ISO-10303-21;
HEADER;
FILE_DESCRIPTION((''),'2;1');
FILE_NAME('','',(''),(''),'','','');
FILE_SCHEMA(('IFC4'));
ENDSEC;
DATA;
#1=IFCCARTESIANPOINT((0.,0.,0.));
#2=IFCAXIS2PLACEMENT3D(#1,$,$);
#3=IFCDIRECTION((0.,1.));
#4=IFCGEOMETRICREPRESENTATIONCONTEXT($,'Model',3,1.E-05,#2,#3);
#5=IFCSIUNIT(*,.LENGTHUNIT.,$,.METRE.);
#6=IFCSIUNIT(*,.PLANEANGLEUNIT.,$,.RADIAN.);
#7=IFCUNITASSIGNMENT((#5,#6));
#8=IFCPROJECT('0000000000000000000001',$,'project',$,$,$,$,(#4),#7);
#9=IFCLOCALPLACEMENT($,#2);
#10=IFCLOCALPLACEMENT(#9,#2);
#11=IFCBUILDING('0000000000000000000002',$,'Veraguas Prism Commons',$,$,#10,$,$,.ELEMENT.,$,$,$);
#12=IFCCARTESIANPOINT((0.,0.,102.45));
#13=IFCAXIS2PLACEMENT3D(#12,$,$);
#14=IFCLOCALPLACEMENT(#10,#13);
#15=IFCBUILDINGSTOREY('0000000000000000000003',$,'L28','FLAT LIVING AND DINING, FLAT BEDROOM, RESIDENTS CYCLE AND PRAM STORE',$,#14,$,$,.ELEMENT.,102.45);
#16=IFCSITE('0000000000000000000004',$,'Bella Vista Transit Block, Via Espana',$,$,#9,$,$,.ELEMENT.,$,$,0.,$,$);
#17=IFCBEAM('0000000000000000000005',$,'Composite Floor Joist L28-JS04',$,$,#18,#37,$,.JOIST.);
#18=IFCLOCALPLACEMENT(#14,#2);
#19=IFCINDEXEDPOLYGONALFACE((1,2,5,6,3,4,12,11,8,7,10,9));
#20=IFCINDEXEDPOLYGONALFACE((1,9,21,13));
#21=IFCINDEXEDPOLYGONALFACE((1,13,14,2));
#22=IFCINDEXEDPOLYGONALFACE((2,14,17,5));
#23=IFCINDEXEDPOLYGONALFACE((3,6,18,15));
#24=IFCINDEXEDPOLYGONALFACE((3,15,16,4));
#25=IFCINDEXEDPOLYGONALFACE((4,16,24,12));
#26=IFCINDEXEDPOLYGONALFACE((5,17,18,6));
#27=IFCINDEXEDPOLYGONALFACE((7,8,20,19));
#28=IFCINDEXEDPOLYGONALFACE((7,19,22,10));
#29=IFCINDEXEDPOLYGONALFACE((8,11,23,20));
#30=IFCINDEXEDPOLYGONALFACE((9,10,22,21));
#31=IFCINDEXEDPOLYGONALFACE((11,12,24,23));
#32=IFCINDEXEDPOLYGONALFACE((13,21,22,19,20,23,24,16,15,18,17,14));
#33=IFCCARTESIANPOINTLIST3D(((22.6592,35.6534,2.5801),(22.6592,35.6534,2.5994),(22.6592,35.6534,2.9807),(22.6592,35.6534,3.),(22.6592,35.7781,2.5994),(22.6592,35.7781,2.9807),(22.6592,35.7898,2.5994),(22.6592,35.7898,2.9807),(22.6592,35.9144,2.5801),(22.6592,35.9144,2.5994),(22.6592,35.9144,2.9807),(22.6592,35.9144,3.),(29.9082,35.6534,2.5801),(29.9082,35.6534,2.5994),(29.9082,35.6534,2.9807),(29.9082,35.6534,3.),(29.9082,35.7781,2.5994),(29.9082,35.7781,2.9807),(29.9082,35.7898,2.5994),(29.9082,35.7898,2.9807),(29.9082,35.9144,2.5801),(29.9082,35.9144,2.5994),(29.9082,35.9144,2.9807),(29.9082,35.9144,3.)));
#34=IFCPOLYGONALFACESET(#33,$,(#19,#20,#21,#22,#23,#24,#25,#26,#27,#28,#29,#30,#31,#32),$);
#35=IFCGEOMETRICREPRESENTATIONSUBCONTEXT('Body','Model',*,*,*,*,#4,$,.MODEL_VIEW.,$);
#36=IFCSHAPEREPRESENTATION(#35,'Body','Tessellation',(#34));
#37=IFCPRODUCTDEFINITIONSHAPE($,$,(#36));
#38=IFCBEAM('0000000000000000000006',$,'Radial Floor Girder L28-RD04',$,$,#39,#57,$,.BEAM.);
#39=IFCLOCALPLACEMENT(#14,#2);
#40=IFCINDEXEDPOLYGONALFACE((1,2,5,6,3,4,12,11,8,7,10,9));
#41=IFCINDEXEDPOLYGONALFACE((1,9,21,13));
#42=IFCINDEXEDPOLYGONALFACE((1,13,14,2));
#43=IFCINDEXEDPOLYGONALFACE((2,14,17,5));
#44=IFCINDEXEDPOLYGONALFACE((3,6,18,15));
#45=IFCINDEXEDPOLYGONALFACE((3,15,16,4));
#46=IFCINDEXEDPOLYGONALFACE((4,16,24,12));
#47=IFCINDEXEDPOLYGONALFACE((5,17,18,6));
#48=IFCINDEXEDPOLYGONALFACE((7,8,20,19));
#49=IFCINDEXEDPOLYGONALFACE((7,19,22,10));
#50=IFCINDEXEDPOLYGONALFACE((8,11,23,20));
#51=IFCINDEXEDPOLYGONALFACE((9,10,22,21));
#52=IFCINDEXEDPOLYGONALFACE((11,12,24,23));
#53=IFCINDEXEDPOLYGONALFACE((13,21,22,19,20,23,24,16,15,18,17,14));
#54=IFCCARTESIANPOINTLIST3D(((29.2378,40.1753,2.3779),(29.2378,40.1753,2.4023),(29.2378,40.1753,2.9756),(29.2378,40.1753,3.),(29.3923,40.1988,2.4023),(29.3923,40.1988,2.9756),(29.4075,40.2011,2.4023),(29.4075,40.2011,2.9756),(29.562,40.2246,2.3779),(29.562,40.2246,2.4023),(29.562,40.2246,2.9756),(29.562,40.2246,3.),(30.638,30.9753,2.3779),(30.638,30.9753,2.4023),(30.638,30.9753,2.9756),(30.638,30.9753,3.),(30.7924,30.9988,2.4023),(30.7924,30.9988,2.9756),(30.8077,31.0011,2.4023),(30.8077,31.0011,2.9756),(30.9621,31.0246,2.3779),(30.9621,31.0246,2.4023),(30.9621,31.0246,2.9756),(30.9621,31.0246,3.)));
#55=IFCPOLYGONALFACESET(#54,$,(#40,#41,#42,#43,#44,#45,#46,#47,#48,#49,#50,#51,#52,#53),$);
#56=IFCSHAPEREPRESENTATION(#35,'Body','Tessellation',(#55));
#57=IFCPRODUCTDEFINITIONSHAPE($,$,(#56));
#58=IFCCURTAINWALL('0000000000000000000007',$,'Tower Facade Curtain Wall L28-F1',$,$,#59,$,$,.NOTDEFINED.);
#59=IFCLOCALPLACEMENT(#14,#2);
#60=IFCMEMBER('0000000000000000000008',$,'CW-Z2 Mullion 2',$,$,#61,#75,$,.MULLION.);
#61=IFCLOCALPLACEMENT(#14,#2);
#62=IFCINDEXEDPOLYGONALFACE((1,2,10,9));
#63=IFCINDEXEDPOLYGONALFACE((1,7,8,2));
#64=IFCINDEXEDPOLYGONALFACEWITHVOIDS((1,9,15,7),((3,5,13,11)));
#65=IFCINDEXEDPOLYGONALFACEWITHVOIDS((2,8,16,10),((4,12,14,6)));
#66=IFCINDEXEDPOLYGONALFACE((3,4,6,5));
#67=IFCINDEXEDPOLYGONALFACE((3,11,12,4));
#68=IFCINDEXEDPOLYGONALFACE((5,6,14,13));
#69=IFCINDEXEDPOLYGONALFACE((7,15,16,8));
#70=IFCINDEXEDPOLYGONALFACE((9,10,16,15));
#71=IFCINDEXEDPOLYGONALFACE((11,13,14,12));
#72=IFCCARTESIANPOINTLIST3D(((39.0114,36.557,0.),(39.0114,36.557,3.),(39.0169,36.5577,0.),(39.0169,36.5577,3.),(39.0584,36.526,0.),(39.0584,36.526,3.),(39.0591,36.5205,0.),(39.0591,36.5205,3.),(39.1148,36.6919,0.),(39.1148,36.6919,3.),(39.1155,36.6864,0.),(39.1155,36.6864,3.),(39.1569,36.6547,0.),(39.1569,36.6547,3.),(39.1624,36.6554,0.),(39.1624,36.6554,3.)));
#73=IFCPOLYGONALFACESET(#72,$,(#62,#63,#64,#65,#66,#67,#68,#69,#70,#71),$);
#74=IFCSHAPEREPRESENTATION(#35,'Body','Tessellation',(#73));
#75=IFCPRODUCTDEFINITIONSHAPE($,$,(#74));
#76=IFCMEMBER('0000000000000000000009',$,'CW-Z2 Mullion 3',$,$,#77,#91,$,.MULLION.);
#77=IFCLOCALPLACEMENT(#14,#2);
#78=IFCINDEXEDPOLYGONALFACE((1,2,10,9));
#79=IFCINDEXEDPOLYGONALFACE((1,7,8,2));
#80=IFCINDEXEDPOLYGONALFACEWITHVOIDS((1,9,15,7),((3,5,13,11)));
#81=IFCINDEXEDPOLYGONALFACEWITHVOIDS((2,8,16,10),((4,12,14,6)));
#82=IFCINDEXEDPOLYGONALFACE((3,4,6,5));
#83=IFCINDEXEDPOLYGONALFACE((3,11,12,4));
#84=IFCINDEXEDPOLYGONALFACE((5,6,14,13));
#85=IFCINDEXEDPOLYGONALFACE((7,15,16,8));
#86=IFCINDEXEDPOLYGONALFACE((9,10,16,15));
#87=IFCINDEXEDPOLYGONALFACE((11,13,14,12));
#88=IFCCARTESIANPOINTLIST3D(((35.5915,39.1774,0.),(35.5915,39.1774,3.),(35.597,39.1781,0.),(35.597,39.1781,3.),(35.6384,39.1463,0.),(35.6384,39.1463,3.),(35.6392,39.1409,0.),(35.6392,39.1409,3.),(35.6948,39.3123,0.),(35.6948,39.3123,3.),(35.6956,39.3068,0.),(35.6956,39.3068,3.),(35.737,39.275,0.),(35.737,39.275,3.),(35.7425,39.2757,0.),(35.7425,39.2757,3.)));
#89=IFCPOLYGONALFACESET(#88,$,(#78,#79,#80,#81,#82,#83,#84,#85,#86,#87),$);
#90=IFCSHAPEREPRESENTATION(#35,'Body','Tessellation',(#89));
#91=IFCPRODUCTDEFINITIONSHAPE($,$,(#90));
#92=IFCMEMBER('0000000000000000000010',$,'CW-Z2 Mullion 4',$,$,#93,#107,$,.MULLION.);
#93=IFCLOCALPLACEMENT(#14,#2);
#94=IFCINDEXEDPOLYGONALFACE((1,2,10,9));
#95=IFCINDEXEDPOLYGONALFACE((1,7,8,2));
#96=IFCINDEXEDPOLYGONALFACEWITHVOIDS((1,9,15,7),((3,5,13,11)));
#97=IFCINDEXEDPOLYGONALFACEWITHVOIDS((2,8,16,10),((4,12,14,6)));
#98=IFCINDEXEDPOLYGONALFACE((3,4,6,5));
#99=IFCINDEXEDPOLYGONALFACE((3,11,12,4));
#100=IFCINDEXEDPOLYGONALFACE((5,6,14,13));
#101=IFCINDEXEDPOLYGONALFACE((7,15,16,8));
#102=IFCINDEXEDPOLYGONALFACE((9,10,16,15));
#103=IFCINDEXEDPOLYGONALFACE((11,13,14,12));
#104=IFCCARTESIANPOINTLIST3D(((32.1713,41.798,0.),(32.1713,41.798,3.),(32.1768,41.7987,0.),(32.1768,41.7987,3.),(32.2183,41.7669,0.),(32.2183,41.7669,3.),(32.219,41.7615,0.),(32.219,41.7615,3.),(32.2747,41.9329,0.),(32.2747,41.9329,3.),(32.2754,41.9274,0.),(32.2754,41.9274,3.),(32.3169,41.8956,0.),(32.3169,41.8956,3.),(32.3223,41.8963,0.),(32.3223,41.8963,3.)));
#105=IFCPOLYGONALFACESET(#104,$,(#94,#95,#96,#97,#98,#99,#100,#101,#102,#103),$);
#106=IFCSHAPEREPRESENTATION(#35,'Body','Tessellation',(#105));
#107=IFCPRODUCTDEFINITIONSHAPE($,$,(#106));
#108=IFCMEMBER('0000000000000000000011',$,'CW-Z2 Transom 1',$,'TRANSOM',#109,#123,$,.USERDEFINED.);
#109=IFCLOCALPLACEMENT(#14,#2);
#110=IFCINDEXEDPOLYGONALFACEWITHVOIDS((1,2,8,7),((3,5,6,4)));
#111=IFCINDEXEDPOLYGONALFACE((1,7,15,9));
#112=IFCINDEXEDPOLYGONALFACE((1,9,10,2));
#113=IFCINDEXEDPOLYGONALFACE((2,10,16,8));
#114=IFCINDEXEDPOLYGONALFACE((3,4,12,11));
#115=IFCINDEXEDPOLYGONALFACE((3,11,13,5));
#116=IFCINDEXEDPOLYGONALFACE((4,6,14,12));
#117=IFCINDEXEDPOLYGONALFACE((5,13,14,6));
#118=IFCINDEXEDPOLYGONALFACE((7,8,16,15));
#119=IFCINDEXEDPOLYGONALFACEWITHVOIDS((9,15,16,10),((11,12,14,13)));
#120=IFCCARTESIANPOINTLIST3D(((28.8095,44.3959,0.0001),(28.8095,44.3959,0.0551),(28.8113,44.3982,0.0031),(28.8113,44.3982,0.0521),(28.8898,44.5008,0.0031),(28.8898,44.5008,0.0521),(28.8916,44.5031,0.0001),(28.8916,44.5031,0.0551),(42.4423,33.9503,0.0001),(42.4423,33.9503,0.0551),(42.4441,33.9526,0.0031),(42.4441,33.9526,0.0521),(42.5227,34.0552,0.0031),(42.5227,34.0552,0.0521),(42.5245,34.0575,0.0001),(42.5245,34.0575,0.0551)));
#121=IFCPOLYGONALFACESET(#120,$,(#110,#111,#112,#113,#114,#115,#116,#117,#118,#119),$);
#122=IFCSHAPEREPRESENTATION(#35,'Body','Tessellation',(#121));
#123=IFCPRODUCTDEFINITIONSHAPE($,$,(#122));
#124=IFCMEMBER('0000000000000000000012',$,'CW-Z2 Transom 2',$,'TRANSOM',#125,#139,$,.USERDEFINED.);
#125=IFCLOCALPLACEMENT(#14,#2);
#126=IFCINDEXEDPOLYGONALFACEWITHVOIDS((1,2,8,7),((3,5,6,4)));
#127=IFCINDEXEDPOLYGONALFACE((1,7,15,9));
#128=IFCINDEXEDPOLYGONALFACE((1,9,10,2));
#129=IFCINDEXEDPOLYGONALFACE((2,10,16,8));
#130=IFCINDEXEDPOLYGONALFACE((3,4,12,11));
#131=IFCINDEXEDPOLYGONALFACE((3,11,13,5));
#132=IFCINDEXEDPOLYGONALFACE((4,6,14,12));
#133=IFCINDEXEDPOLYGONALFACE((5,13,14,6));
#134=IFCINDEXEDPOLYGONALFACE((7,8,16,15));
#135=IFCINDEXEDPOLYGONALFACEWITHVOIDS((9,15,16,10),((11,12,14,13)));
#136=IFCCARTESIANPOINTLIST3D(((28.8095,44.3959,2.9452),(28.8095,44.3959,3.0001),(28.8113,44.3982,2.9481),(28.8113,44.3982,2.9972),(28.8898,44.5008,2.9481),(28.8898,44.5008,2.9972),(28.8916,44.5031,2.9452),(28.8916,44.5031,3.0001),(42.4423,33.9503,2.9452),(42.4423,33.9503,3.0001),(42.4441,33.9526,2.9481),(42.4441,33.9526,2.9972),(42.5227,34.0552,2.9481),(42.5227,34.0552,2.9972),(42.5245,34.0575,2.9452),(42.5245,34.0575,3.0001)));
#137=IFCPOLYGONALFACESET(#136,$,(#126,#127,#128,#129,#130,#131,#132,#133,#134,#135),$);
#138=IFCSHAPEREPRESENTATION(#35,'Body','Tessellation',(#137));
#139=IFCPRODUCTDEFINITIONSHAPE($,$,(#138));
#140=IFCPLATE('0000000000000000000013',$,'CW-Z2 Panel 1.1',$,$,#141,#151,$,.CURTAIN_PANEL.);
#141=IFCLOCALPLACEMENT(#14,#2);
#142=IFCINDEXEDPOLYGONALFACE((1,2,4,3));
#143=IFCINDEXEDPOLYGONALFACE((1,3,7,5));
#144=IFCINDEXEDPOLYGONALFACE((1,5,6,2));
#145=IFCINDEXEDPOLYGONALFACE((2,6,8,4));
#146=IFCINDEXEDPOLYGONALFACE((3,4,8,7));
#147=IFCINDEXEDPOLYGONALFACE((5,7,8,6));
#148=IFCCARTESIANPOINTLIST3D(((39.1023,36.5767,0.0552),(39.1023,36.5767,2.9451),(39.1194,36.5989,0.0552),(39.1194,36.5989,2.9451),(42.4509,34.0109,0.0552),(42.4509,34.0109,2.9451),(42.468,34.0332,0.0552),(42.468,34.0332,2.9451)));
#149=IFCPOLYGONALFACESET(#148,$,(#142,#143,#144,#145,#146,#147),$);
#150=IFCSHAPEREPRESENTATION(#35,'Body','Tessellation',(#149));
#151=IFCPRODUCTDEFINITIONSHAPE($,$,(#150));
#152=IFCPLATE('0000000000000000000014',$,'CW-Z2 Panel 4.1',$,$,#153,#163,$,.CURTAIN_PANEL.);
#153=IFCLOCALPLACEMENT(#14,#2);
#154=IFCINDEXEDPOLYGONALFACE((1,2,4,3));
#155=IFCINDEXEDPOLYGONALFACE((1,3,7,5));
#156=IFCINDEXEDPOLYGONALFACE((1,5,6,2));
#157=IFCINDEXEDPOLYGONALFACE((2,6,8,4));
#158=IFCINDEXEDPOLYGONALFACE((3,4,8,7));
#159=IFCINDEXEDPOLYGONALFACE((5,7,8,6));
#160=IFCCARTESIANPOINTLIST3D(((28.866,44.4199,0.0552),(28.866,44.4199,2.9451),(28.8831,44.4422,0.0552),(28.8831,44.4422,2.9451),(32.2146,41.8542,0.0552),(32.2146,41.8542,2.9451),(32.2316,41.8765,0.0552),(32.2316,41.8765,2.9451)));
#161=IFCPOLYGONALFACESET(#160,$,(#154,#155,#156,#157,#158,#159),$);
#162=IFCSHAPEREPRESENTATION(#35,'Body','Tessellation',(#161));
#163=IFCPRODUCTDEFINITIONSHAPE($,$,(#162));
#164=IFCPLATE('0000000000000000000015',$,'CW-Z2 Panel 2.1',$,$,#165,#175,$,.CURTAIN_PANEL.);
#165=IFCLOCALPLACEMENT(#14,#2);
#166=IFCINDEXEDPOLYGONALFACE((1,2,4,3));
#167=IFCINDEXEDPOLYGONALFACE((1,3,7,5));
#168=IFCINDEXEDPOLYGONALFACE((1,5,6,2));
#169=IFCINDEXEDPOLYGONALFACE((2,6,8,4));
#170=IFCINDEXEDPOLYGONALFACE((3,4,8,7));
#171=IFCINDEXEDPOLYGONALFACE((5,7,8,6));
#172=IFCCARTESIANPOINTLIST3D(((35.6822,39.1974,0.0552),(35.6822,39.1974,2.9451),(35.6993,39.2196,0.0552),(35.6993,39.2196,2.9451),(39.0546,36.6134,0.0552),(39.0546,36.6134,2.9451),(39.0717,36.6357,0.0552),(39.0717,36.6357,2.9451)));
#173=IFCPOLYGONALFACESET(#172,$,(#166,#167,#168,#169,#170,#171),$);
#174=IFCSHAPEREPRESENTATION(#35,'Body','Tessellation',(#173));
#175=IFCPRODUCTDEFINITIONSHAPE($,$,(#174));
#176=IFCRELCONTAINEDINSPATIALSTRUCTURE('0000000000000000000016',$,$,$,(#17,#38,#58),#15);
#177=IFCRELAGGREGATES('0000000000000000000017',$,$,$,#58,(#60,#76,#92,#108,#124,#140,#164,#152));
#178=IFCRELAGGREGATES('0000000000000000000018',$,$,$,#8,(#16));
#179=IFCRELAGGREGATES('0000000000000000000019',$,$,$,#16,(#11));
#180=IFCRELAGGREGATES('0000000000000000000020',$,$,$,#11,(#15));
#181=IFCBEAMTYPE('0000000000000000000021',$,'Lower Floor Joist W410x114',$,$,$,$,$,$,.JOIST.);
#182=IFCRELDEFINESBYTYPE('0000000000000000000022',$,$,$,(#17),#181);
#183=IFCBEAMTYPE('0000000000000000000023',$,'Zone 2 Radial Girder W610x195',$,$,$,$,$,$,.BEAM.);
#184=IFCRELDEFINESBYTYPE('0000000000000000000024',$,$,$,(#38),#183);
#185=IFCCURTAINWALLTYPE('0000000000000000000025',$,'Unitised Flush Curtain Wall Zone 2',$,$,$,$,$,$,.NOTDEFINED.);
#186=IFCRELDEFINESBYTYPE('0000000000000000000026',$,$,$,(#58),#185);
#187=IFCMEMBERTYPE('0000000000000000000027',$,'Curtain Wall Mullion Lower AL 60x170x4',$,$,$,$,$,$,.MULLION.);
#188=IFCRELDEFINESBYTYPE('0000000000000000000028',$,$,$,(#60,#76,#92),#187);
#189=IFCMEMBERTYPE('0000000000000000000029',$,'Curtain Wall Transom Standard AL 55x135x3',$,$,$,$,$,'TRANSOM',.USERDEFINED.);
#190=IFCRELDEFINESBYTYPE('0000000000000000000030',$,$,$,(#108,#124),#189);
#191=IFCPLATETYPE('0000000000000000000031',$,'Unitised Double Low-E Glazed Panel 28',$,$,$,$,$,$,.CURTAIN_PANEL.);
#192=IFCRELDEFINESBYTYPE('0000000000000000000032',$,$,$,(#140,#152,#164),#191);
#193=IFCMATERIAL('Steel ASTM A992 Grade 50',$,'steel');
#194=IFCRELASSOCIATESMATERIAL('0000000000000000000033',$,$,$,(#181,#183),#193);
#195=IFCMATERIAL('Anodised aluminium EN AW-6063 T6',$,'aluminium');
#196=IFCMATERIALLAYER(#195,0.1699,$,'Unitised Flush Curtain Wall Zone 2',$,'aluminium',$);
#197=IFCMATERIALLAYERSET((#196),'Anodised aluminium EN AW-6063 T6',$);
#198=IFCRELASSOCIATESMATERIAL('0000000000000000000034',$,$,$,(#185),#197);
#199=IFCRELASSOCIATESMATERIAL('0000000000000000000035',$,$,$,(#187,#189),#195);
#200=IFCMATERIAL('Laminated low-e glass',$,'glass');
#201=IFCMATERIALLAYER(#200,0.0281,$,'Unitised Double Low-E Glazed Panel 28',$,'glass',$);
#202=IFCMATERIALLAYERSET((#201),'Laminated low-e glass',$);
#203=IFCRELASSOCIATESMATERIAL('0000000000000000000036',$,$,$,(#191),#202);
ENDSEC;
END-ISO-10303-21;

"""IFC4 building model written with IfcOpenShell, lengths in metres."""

from ifc_helpers import new_model, si_unit, direction, frame, origin, origin_2d, place, context, subcontext, project, spatial, rectangle, hollow_rectangle, i_section, extrude, source, transform, mapped, material, layer, layer_set, material_profile, profile_set, type_object, element, aggregate, save


model = new_model("IFC4")

# Units and contexts
model_context = context("Model", 3, precision=1e-05, world=origin(), true_north=direction((0.0, 1.0)))
body_context = subcontext(model_context, "Body", "Model", "MODEL_VIEW")
ifc_project = project(units=[si_unit("LENGTHUNIT", "METRE"), si_unit("PLANEANGLEUNIT", "RADIAN")], contexts=[model_context])

# Site, building, storey
site_placement = place(None, origin())
site = spatial("IfcSite", under=ifc_project, at=site_placement, Name="Bella Vista Transit Block, Via Espana", CompositionType="ELEMENT", RefElevation=0.0)
building_placement = place(site_placement, origin())
building = spatial("IfcBuilding", under=site, at=building_placement, Name="Veraguas Prism Commons", CompositionType="ELEMENT")
storey_placement = place(building_placement, frame((0.0, 0.0, 102.45)))
storey = spatial("IfcBuildingStorey", under=building, at=storey_placement, Name="L28", Description="FLAT LIVING AND DINING, FLAT BEDROOM, RESIDENTS CYCLE AND PRAM STORE", CompositionType="ELEMENT", Elevation=102.45)

# Beams
ifc_material_1 = material(Name="Steel ASTM A992 Grade 50", Category="steel")
ifc_material_profile_1 = material_profile(ifc_material_1, i_section(OverallWidth=0.261, OverallDepth=0.4199, WebThickness=0.0117, FlangeThickness=0.0193, at=origin_2d()), Name="W410X114")
ifc_profile_set_1 = profile_set([ifc_material_profile_1], Name="Steel ASTM A992 Grade 50")
beam_type_1 = type_object("IfcBeamType", Name="Lower Floor Joist W410x114", PredefinedType="JOIST", material=ifc_profile_set_1)
beam_1_placement = place(storey_placement, frame((29.9082, 35.7839, 2.79), z_axis=(-1.0, 0.0, 0.0), x_axis=(0.0, -1.0, 0.0)))
element("IfcBeam", 1, at=beam_1_placement, inside=storey, type_object=beam_type_1, Name="Composite Floor Joist L28-JS04", PredefinedType="JOIST", context=body_context, shape_type="SweptSolid", body=[
    extrude(i_section(OverallWidth=0.261, OverallDepth=0.4199, WebThickness=0.0117, FlangeThickness=0.0193, at=origin_2d()), origin(), (0.0, 0.0, 1.0), 7.249),
])
ifc_material_profile_2 = material_profile(ifc_material_1, i_section(OverallWidth=0.3279, OverallDepth=0.6221, WebThickness=0.0154, FlangeThickness=0.0244, at=origin_2d()), Name="W610X195")
ifc_profile_set_2 = profile_set([ifc_material_profile_2], Name="Steel ASTM A992 Grade 50")
beam_type_2 = type_object("IfcBeamType", Name="Zone 2 Radial Girder W610x195", PredefinedType="BEAM", material=ifc_profile_set_2)
beam_2_placement = place(storey_placement, frame((29.3999, 40.2, 2.689), z_axis=(0.150458, -0.988616, 0.0), x_axis=(0.988616, 0.150458, 0.0)))
element("IfcBeam", 2, at=beam_2_placement, inside=storey, type_object=beam_type_2, Name="Radial Floor Girder L28-RD04", PredefinedType="BEAM", context=body_context, shape_type="SweptSolid", body=[
    extrude(i_section(OverallWidth=0.3279, OverallDepth=0.6221, WebThickness=0.0154, FlangeThickness=0.0244, at=origin_2d()), origin(), (0.0, 0.0, 1.0), 9.3059),
])

# Curtain wall, members, plates
ifc_material_2 = material(Name="Anodised aluminium EN AW-6063 T6", Category="aluminium")
ifc_layer_1 = layer(ifc_material_2, 0.1699, Name="Unitised Flush Curtain Wall Zone 2", Category="aluminium")
ifc_layer_set_1 = layer_set([ifc_layer_1], Name="Anodised aluminium EN AW-6063 T6")
curtain_wall_type = type_object("IfcCurtainWallType", Name="Unitised Flush Curtain Wall Zone 2", PredefinedType="NOTDEFINED", material=ifc_layer_set_1)
curtain_wall_placement = place(storey_placement, origin())
curtain_wall = element("IfcCurtainWall", 3, at=curtain_wall_placement, inside=storey, type_object=curtain_wall_type, Name="Tower Facade Curtain Wall L28-F1", PredefinedType="NOTDEFINED")
ifc_material_profile_3 = material_profile(ifc_material_2, hollow_rectangle(XDim=0.0601, YDim=0.1699, WallThickness=0.0039, at=origin_2d()), Name="AL60X170X4")
ifc_profile_set_3 = profile_set([ifc_material_profile_3], Name="Anodised aluminium EN AW-6063 T6")
member_type_1 = type_object("IfcMemberType", Name="Curtain Wall Mullion Lower AL 60x170x4", PredefinedType="MULLION", material=ifc_profile_set_3)
shared_shape_1 = source(origin(), body_context, "Body", "SweptSolid", [
    extrude(hollow_rectangle(XDim=0.0601, YDim=0.1699, WallThickness=0.0039, at=origin_2d()), origin(), (0.0, 0.0, 1.0), 3.0),
])
member_1_placement = place(storey_placement, frame((39.0869, 36.6062, 0.0), z_axis=(0.0, 0.0, 1.0), x_axis=(-0.793778, 0.608207, 0.0)))
member_1 = element("IfcMember", 4, at=member_1_placement, type_object=member_type_1, Name="CW-Z2 Mullion 2", PredefinedType="MULLION", context=body_context, shape_type="MappedRepresentation", body=[
    mapped(shared_shape_1, transform((0.0, 0.0, 0.0), scale=1.0)),
])
member_2_placement = place(storey_placement, frame((35.667, 39.2266, 0.0), z_axis=(0.0, 0.0, 1.0), x_axis=(-0.793778, 0.608207, 0.0)))
member_2 = element("IfcMember", 5, at=member_2_placement, type_object=member_type_1, Name="CW-Z2 Mullion 3", PredefinedType="MULLION", context=body_context, shape_type="MappedRepresentation", body=[
    mapped(shared_shape_1, transform((0.0, 0.0, 0.0), scale=1.0)),
])
member_3_placement = place(storey_placement, frame((32.2468, 41.8472, 0.0), z_axis=(0.0, 0.0, 1.0), x_axis=(-0.793778, 0.608207, 0.0)))
member_3 = element("IfcMember", 6, at=member_3_placement, type_object=member_type_1, Name="CW-Z2 Mullion 4", PredefinedType="MULLION", context=body_context, shape_type="MappedRepresentation", body=[
    mapped(shared_shape_1, transform((0.0, 0.0, 0.0), scale=1.0)),
])
ifc_material_profile_4 = material_profile(ifc_material_2, hollow_rectangle(XDim=0.0549, YDim=0.135, WallThickness=0.0029, at=origin_2d()), Name="AL55X135X3")
ifc_profile_set_4 = profile_set([ifc_material_profile_4], Name="Anodised aluminium EN AW-6063 T6")
member_type_2 = type_object("IfcMemberType", Name="Curtain Wall Transom Standard AL 55x135x3", ElementType="TRANSOM", PredefinedType="USERDEFINED", material=ifc_profile_set_4)
shared_shape_2 = source(origin(), body_context, "Body", "SweptSolid", [
    extrude(hollow_rectangle(XDim=0.0549, YDim=0.135, WallThickness=0.0029, at=origin_2d()), origin(), (0.0, 0.0, 1.0), 17.1746),
])
member_4_placement = place(storey_placement, frame((42.4834, 34.0039, 0.0276), z_axis=(-0.793783, 0.608202, 0.0), x_axis=(0.0, 0.0, 1.0)))
member_4 = element("IfcMember", 7, at=member_4_placement, type_object=member_type_2, Name="CW-Z2 Transom 1", ObjectType="TRANSOM", PredefinedType="USERDEFINED", context=body_context, shape_type="MappedRepresentation", body=[
    mapped(shared_shape_2, transform((0.0, 0.0, 0.0), scale=1.0)),
])
member_5_placement = place(storey_placement, frame((42.4834, 34.0039, 2.9727), z_axis=(-0.793783, 0.608202, 0.0), x_axis=(0.0, 0.0, 1.0)))
member_5 = element("IfcMember", 8, at=member_5_placement, type_object=member_type_2, Name="CW-Z2 Transom 2", ObjectType="TRANSOM", PredefinedType="USERDEFINED", context=body_context, shape_type="MappedRepresentation", body=[
    mapped(shared_shape_2, transform((0.0, 0.0, 0.0), scale=1.0)),
])
ifc_material_3 = material(Name="Laminated low-e glass", Category="glass")
ifc_layer_2 = layer(ifc_material_3, 0.0281, Name="Unitised Double Low-E Glazed Panel 28", Category="glass")
ifc_layer_set_2 = layer_set([ifc_layer_2], Name="Laminated low-e glass")
plate_type = type_object("IfcPlateType", Name="Unitised Double Low-E Glazed Panel 28", PredefinedType="CURTAIN_PANEL", material=ifc_layer_set_2)
shared_shape_3 = source(origin(), body_context, "Body", "SweptSolid", [
    extrude(rectangle(XDim=4.2185, YDim=0.0281, at=origin_2d()), origin(), (0.0, 0.0, 1.0), 2.8899),
])
plate_1_placement = place(storey_placement, frame((40.7852, 35.3049, 0.0552), z_axis=(0.0, 0.0, 1.0), x_axis=(-0.793778, 0.608207, 0.0)))
plate_1 = element("IfcPlate", 9, at=plate_1_placement, type_object=plate_type, Name="CW-Z2 Panel 1.1", PredefinedType="CURTAIN_PANEL", context=body_context, shape_type="MappedRepresentation", body=[
    mapped(shared_shape_3, transform((0.0, 0.0, 0.0), scale=1.0)),
])
plate_2_placement = place(storey_placement, frame((30.5488, 43.1482, 0.0552), z_axis=(0.0, 0.0, 1.0), x_axis=(-0.793778, 0.608207, 0.0)))
plate_2 = element("IfcPlate", 10, at=plate_2_placement, type_object=plate_type, Name="CW-Z2 Panel 4.1", PredefinedType="CURTAIN_PANEL", context=body_context, shape_type="MappedRepresentation", body=[
    mapped(shared_shape_3, transform((0.0, 0.0, 0.0), scale=1.0)),
])
shared_shape_4 = source(origin(), body_context, "Body", "SweptSolid", [
    extrude(rectangle(XDim=4.2485, YDim=0.0281, at=origin_2d()), origin(), (0.0, 0.0, 1.0), 2.8899),
])
plate_3_placement = place(storey_placement, frame((37.377, 37.9165, 0.0552), z_axis=(0.0, 0.0, 1.0), x_axis=(-0.793778, 0.608207, 0.0)))
plate_3 = element("IfcPlate", 11, at=plate_3_placement, type_object=plate_type, Name="CW-Z2 Panel 2.1", PredefinedType="CURTAIN_PANEL", context=body_context, shape_type="MappedRepresentation", body=[
    mapped(shared_shape_4, transform((0.0, 0.0, 0.0), scale=1.0)),
])
aggregate(curtain_wall, [member_1, member_2, member_3, member_4, member_5, plate_1, plate_3, plate_2])

save(model, "model.ifc")
